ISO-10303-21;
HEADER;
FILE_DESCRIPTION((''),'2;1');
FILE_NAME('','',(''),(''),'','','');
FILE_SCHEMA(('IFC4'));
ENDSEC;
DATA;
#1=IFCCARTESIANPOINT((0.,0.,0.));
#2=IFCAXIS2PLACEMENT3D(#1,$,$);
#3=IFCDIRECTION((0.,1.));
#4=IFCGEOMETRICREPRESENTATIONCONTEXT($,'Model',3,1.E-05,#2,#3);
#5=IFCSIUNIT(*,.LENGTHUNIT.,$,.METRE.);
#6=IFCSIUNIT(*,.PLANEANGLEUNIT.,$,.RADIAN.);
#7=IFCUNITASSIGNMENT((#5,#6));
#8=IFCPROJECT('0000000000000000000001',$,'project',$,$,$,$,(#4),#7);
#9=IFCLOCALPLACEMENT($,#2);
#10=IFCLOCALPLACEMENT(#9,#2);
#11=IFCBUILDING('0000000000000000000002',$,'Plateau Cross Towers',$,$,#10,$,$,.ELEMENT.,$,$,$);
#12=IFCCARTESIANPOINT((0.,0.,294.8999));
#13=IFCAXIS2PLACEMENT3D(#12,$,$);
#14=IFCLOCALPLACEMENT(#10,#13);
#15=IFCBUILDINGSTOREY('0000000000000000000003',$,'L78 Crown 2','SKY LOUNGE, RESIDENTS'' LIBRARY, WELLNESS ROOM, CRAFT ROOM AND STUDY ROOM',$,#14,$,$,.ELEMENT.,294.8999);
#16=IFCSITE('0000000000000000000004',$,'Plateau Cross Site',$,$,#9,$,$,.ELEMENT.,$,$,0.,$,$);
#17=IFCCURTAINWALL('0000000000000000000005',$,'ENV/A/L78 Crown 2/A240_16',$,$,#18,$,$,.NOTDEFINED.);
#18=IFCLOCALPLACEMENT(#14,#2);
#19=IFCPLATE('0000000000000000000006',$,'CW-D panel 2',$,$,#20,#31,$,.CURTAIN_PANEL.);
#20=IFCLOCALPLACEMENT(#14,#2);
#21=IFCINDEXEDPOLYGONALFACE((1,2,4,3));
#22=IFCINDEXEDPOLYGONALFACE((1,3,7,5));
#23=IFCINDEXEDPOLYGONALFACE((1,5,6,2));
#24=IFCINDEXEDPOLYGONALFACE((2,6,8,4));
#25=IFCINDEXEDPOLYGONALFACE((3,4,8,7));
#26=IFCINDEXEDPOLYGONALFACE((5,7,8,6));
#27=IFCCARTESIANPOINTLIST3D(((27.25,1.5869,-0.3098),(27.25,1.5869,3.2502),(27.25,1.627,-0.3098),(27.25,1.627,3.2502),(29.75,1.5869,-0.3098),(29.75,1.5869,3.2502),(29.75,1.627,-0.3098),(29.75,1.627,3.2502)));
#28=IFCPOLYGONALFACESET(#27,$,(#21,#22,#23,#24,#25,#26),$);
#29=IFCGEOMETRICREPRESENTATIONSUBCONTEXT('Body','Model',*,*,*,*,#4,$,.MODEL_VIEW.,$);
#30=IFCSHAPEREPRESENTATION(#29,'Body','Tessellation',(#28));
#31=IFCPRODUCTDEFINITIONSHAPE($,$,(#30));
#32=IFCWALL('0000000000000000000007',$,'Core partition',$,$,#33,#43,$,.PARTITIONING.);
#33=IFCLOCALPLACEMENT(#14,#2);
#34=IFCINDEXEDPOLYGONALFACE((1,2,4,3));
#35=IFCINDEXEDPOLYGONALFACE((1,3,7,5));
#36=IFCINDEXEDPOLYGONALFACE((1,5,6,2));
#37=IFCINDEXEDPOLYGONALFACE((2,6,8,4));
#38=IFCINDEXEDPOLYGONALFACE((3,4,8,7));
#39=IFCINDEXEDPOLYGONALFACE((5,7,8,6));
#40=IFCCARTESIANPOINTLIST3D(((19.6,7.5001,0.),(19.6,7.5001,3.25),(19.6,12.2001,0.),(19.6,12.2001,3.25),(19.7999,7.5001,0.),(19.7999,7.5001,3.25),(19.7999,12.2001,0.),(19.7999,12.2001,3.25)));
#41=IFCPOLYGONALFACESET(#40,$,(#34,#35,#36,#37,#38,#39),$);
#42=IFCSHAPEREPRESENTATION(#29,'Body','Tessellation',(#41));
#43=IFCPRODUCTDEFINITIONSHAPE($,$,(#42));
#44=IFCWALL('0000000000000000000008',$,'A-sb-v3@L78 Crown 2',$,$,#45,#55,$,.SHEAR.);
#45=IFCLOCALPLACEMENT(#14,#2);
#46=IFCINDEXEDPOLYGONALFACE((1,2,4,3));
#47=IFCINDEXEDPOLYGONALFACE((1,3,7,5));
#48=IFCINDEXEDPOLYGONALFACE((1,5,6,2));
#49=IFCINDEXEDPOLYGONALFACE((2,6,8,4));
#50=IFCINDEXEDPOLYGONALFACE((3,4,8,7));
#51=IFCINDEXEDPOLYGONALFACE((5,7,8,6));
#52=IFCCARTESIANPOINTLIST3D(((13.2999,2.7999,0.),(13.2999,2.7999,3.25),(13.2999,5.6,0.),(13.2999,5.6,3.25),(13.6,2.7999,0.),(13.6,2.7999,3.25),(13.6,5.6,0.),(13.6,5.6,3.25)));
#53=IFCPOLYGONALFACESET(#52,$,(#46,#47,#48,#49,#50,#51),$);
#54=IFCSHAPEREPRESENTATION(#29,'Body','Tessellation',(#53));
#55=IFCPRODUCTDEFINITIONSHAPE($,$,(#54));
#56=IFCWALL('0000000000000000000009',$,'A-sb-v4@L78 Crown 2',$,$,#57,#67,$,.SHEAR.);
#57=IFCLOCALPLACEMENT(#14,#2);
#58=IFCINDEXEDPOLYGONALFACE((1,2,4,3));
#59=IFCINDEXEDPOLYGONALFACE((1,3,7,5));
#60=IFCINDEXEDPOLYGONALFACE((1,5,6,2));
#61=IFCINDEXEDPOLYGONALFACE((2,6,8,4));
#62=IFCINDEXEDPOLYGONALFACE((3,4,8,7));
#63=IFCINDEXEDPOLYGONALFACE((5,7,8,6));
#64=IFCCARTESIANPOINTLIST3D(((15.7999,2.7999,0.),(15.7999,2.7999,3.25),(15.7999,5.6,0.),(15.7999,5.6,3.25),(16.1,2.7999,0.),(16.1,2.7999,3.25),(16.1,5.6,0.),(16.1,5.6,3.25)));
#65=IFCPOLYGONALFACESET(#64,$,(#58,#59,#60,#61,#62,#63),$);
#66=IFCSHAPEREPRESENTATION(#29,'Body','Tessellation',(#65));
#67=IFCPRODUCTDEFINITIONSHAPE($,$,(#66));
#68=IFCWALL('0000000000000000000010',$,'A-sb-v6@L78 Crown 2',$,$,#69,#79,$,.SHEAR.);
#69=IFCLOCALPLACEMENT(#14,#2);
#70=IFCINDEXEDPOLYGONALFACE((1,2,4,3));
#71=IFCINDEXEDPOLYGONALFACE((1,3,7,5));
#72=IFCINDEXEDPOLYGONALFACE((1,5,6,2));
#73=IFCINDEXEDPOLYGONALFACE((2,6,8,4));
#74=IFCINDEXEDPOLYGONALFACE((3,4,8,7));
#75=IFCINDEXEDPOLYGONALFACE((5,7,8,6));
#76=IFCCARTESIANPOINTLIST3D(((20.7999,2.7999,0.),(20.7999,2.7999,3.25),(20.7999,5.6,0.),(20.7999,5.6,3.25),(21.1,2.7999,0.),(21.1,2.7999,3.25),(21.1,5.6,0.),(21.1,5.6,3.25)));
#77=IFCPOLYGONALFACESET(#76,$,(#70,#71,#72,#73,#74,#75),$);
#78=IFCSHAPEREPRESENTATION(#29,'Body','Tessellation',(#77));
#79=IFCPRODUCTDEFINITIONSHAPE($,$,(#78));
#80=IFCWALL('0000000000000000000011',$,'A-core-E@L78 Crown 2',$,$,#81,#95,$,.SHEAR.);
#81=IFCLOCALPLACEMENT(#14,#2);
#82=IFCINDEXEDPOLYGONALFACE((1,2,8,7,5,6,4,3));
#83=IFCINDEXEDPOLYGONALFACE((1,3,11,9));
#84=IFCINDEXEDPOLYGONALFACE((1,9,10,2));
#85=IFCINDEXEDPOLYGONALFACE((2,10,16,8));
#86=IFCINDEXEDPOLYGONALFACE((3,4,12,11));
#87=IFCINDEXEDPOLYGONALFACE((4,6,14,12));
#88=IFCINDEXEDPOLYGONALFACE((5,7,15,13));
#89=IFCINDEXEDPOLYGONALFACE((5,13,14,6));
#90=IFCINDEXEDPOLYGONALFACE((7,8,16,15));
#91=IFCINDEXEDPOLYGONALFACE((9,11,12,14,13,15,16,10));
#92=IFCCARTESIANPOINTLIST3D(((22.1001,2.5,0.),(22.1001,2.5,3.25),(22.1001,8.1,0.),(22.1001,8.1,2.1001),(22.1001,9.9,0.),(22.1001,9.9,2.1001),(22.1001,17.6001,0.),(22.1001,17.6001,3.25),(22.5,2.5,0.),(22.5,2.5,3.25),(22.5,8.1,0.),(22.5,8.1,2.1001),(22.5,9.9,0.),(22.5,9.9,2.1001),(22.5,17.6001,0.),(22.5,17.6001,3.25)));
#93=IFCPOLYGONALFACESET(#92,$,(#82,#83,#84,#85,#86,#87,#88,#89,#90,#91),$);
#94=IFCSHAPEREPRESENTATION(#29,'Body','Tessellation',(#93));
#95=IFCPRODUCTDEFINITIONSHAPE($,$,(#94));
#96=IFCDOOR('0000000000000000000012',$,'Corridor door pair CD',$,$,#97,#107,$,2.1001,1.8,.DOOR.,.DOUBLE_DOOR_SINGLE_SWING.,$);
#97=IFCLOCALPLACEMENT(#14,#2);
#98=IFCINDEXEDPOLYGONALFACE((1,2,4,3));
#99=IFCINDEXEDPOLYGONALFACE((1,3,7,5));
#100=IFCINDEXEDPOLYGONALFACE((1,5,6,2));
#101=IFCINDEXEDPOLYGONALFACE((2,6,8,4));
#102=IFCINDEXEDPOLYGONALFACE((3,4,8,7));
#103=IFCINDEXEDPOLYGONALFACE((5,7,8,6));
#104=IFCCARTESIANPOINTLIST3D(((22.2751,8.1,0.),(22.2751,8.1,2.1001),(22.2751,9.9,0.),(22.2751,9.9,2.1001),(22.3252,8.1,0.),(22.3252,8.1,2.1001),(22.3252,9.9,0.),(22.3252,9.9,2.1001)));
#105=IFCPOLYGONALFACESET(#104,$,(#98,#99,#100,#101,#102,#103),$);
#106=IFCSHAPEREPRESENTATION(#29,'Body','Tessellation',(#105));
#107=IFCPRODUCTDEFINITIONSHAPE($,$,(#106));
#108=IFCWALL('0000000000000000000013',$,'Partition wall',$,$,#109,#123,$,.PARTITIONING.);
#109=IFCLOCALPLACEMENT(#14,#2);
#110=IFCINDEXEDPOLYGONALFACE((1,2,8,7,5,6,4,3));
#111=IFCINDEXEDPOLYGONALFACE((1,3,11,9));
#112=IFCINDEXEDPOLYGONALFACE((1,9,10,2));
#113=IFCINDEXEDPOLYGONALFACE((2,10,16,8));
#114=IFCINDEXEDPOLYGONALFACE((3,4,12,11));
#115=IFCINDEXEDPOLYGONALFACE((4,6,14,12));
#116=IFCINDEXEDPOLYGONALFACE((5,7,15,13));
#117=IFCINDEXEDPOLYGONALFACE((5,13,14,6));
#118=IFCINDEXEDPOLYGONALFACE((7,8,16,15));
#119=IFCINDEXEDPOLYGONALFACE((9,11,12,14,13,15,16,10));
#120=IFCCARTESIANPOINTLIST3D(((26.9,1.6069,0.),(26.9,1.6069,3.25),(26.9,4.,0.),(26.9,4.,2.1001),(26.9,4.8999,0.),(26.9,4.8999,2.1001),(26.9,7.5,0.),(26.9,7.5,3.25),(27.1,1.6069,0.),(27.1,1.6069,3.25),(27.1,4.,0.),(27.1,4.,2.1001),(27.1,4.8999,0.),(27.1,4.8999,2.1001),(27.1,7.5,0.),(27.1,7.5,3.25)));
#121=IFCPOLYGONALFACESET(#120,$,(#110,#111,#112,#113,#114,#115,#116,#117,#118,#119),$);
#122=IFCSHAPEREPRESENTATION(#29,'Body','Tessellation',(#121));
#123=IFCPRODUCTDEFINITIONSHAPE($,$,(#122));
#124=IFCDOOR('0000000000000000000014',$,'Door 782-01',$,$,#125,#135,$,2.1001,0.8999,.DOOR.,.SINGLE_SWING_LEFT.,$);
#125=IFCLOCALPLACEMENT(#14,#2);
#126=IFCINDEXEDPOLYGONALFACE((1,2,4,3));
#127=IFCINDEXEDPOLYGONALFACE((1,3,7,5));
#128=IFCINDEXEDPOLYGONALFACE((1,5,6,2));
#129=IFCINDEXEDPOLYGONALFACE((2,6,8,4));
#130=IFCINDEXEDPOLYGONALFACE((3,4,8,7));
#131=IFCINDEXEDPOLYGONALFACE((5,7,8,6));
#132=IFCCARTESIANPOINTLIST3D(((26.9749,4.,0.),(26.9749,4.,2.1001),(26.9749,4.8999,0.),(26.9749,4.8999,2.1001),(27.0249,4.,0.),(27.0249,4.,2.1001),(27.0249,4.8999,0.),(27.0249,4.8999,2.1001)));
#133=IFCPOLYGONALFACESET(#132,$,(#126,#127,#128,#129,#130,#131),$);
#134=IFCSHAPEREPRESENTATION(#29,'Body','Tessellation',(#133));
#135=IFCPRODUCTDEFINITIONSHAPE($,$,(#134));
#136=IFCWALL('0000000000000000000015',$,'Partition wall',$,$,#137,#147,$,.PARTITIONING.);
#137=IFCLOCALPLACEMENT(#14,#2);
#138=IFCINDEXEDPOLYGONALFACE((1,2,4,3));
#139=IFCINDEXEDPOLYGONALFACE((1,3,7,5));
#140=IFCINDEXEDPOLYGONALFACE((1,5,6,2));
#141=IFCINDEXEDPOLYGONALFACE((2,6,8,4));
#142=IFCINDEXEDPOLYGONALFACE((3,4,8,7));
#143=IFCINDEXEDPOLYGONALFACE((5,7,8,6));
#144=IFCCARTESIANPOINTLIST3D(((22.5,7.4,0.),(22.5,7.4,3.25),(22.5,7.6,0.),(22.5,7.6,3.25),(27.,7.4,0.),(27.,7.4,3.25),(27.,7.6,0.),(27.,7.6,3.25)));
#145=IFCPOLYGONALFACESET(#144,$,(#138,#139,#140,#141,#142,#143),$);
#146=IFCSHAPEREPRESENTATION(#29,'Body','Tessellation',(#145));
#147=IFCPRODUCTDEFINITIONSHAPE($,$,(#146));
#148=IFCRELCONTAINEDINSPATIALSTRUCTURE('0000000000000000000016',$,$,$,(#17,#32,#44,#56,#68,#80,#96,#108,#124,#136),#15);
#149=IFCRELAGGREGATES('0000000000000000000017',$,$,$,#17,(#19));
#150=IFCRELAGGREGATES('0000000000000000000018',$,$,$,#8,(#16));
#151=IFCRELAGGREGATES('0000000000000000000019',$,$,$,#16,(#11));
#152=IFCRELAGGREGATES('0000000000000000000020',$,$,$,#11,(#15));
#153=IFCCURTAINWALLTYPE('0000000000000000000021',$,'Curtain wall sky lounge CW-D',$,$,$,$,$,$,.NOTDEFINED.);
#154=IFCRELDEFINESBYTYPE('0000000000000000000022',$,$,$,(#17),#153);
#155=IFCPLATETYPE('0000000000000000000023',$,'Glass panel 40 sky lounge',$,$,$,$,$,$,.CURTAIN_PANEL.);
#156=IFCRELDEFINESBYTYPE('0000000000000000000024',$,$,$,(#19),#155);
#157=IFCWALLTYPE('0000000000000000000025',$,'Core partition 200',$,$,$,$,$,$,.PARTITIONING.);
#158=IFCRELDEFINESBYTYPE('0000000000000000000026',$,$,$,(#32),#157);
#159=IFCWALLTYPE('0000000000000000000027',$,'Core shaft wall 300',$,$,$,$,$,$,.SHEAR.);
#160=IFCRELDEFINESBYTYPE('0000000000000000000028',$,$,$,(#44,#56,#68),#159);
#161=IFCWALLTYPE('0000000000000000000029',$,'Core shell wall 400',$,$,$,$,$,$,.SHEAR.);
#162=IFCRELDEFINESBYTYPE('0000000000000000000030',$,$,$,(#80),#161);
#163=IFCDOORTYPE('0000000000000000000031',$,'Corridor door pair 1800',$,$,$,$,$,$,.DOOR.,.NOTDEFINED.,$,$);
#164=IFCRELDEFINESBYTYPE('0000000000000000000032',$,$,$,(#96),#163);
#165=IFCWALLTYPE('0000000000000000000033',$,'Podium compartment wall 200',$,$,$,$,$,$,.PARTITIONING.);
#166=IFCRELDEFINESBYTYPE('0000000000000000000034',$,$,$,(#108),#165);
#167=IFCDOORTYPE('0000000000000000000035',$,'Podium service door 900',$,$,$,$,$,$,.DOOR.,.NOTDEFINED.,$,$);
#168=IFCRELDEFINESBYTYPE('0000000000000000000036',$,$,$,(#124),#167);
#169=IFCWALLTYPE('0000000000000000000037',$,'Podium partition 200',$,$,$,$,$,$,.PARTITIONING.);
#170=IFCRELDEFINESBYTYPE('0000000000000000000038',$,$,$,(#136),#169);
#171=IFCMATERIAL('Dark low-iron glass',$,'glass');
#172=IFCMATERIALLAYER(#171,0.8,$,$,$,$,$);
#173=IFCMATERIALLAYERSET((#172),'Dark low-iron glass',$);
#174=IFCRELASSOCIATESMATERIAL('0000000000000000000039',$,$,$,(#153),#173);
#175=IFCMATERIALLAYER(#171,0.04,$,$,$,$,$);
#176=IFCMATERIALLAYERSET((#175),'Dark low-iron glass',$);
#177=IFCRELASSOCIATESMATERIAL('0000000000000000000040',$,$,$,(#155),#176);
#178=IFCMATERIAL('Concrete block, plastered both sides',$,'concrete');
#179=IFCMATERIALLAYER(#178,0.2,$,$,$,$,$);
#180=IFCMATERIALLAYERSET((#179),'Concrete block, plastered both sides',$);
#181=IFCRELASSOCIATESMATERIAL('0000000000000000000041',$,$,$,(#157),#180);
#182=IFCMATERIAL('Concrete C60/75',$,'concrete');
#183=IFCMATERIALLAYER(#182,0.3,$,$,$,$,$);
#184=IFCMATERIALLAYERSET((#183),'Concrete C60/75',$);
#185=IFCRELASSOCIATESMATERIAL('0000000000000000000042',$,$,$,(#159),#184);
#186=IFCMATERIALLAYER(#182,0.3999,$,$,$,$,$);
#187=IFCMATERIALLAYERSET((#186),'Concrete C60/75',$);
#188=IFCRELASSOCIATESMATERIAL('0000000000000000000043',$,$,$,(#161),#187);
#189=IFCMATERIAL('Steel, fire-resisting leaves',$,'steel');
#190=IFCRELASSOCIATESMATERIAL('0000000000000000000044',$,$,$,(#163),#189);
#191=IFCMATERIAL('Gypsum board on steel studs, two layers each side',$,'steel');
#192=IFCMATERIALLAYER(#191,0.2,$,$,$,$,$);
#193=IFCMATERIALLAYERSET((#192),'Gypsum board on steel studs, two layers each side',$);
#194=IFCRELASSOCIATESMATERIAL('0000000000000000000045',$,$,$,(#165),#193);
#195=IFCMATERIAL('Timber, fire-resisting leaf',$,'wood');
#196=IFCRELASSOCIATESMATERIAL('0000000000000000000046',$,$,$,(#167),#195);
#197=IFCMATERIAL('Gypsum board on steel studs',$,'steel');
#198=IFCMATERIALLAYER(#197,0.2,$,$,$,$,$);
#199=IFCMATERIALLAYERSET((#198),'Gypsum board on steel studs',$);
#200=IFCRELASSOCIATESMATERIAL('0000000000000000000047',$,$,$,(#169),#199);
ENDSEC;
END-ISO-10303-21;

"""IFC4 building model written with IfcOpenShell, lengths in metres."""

from ifc_helpers import new_model, si_unit, direction, frame, frame_2d, origin, origin_2d, place, context, subcontext, project, spatial, rectangle, extrude, material, layer, layer_set, type_object, element, fill, aggregate, save


model = new_model("IFC4")

# Units and contexts
model_context = context("Model", 3, precision=1e-05, world=origin(), true_north=direction((0.0, 1.0)))
body_context = subcontext(model_context, "Body", "Model", "MODEL_VIEW")
ifc_project = project(units=[si_unit("LENGTHUNIT", "METRE"), si_unit("PLANEANGLEUNIT", "RADIAN")], contexts=[model_context])

# Site, building, storey
site_placement = place(None, origin())
site = spatial("IfcSite", under=ifc_project, at=site_placement, Name="Plateau Cross Site", CompositionType="ELEMENT", RefElevation=0.0)
building_placement = place(site_placement, origin())
building = spatial("IfcBuilding", under=site, at=building_placement, Name="Plateau Cross Towers", CompositionType="ELEMENT")
storey_placement = place(building_placement, frame((0.0, 0.0, 294.8999)))
storey = spatial("IfcBuildingStorey", under=building, at=storey_placement, Name="L78 Crown 2", Description="SKY LOUNGE, RESIDENTS' LIBRARY, WELLNESS ROOM, CRAFT ROOM AND STUDY ROOM", CompositionType="ELEMENT", Elevation=294.8999)

# Shared definitions
ifc_material_1 = material(Name="Concrete C60/75", Category="concrete")

# Curtain wall
ifc_material_2 = material(Name="Dark low-iron glass", Category="glass")
ifc_layer_1 = layer(ifc_material_2, 0.8)
ifc_layer_set_1 = layer_set([ifc_layer_1], Name="Dark low-iron glass")
curtain_wall_type = type_object("IfcCurtainWallType", Name="Curtain wall sky lounge CW-D", PredefinedType="NOTDEFINED", material=ifc_layer_set_1)
curtain_wall_1_placement = place(storey_placement, origin())
curtain_wall_1 = element("IfcCurtainWall", 1, at=curtain_wall_1_placement, inside=storey, type_object=curtain_wall_type, Name="ENV/A/L78 Crown 2/A240_16", PredefinedType="NOTDEFINED")

# Plate
ifc_layer_2 = layer(ifc_material_2, 0.04)
ifc_layer_set_2 = layer_set([ifc_layer_2], Name="Dark low-iron glass")
plate_type = type_object("IfcPlateType", Name="Glass panel 40 sky lounge", PredefinedType="CURTAIN_PANEL", material=ifc_layer_set_2)
plate_1_placement = place(storey_placement, frame((28.5, 1.6069, -0.3098), z_axis=(0.0, 0.0, 1.0), x_axis=(1.0, 0.0, 0.0)))
plate_1 = element("IfcPlate", 2, at=plate_1_placement, type_object=plate_type, Name="CW-D panel 2", PredefinedType="CURTAIN_PANEL", context=body_context, shape_type="SweptSolid", body=[
    extrude(rectangle(XDim=2.5, YDim=0.04, at=origin_2d()), origin(), (0.0, 0.0, 1.0), 3.5601),
])
aggregate(curtain_wall_1, [plate_1])

# Walls
ifc_material_3 = material(Name="Concrete block, plastered both sides", Category="concrete")
ifc_layer_3 = layer(ifc_material_3, 0.2)
ifc_layer_set_3 = layer_set([ifc_layer_3], Name="Concrete block, plastered both sides")
wall_type_1 = type_object("IfcWallType", Name="Core partition 200", PredefinedType="PARTITIONING", material=ifc_layer_set_3)
wall_1_placement = place(storey_placement, frame((19.7, 7.5, 0.0), z_axis=(0.0, 0.0, 1.0), x_axis=(0.0, 1.0, 0.0)))
element("IfcWall", 3, at=wall_1_placement, inside=storey, type_object=wall_type_1, Name="Core partition", PredefinedType="PARTITIONING", context=body_context, shape_type="SweptSolid", body=[
    extrude(rectangle(XDim=4.7, YDim=0.2, at=frame_2d((2.3501, 0.0))), origin(), (0.0, 0.0, 1.0), 3.25),
])
ifc_layer_4 = layer(ifc_material_1, 0.3)
ifc_layer_set_4 = layer_set([ifc_layer_4], Name="Concrete C60/75")
wall_type_2 = type_object("IfcWallType", Name="Core shaft wall 300", PredefinedType="SHEAR", material=ifc_layer_set_4)
for number, where, z_axis, x_axis, name in (
    (4, (13.45, 2.8, 0.0), (0.0, 0.0, 1.0), (0.0, 1.0, 0.0), "A-sb-v3@L78 Crown 2"),
    (5, (15.95, 2.8, 0.0), (0.0, 0.0, 1.0), (0.0, 1.0, 0.0), "A-sb-v4@L78 Crown 2"),
    (6, (20.95, 2.8, 0.0), (0.0, 0.0, 1.0), (0.0, 1.0, 0.0), "A-sb-v6@L78 Crown 2"),
):
    element("IfcWall", number, at=place(storey_placement, frame(where, z_axis=z_axis, x_axis=x_axis)), inside=storey, type_object=wall_type_2, Name=name, PredefinedType="SHEAR", context=body_context, shape_type="SweptSolid", body=[
        extrude(rectangle(XDim=2.8, YDim=0.3, at=frame_2d((1.3999, 0.0))), origin(), (0.0, 0.0, 1.0), 3.25),
    ])

# Walls, openings, doors
ifc_layer_5 = layer(ifc_material_1, 0.3999)
ifc_layer_set_5 = layer_set([ifc_layer_5], Name="Concrete C60/75")
wall_type_3 = type_object("IfcWallType", Name="Core shell wall 400", PredefinedType="SHEAR", material=ifc_layer_set_5)
wall_2_placement = place(storey_placement, frame((22.3, 2.5, 0.0), z_axis=(0.0, 0.0, 1.0), x_axis=(0.0, 1.0, 0.0)))
wall_2 = element("IfcWall", 7, at=wall_2_placement, inside=storey, type_object=wall_type_3, Name="A-core-E@L78 Crown 2", PredefinedType="SHEAR", context=body_context, shape_type="SweptSolid", body=[
    extrude(rectangle(XDim=15.1001, YDim=0.3999, at=frame_2d((7.55, 0.0))), origin(), (0.0, 0.0, 1.0), 3.25),
])
opening_1_placement = place(wall_2_placement, frame((5.6001, 0.0, 0.0)))
opening_1 = element("IfcOpeningElement", 8, at=opening_1_placement, cuts=wall_2, PredefinedType="OPENING", context=body_context, shape_type="SweptSolid", body=[
    extrude(rectangle(XDim=1.8, YDim=2.1001, at=frame_2d((0.8999, 1.05))), frame((0.0, 0.21, 0.0), z_axis=(0.0, -1.0, 0.0), x_axis=(1.0, 0.0, 0.0)), (0.0, 0.0, 1.0), 0.4199),
])
ifc_material_4 = material(Name="Steel, fire-resisting leaves", Category="steel")
door_type_1 = type_object("IfcDoorType", Name="Corridor door pair 1800", OperationType="NOTDEFINED", PredefinedType="DOOR", material=ifc_material_4)
door_1_placement = place(opening_1_placement, origin())
door_1 = element("IfcDoor", 9, at=door_1_placement, inside=storey, type_object=door_type_1, Name="Corridor door pair CD", OperationType="DOUBLE_DOOR_SINGLE_SWING", OverallHeight=2.1001, OverallWidth=1.8, PredefinedType="DOOR", context=body_context, shape_type="SweptSolid", body=[
    extrude(rectangle(XDim=1.8, YDim=2.1001, at=frame_2d((0.8999, 1.05))), frame((0.0, 0.0249, 0.0), z_axis=(0.0, -1.0, 0.0), x_axis=(1.0, 0.0, 0.0)), (0.0, 0.0, 1.0), 0.05),
])
fill(opening_1, door_1)
ifc_material_5 = material(Name="Gypsum board on steel studs, two layers each side", Category="steel")
ifc_layer_6 = layer(ifc_material_5, 0.2)
ifc_layer_set_6 = layer_set([ifc_layer_6], Name="Gypsum board on steel studs, two layers each side")
wall_type_4 = type_object("IfcWallType", Name="Podium compartment wall 200", PredefinedType="PARTITIONING", material=ifc_layer_set_6)
wall_3_placement = place(storey_placement, frame((27.0, 7.5, 0.0), z_axis=(0.0, 0.0, 1.0), x_axis=(0.0, -1.0, 0.0)))
wall_3 = element("IfcWall", 10, at=wall_3_placement, inside=storey, type_object=wall_type_4, Name="Partition wall", PredefinedType="PARTITIONING", context=body_context, shape_type="SweptSolid", body=[
    extrude(rectangle(XDim=5.8931, YDim=0.2, at=frame_2d((2.9465, 0.0))), origin(), (0.0, 0.0, 1.0), 3.25),
])
opening_2_placement = place(wall_3_placement, frame((2.6001, 0.0, 0.0)))
opening_2 = element("IfcOpeningElement", 11, at=opening_2_placement, cuts=wall_3, PredefinedType="OPENING", context=body_context, shape_type="SweptSolid", body=[
    extrude(rectangle(XDim=0.8999, YDim=2.1001, at=frame_2d((0.45, 1.05))), frame((0.0, 0.1099, 0.0), z_axis=(0.0, -1.0, 0.0), x_axis=(1.0, 0.0, 0.0)), (0.0, 0.0, 1.0), 0.22),
])
ifc_material_6 = material(Name="Timber, fire-resisting leaf", Category="wood")
door_type_2 = type_object("IfcDoorType", Name="Podium service door 900", OperationType="NOTDEFINED", PredefinedType="DOOR", material=ifc_material_6)
door_2_placement = place(opening_2_placement, origin())
door_2 = element("IfcDoor", 12, at=door_2_placement, inside=storey, type_object=door_type_2, Name="Door 782-01", OperationType="SINGLE_SWING_LEFT", OverallHeight=2.1001, OverallWidth=0.8999, PredefinedType="DOOR", context=body_context, shape_type="SweptSolid", body=[
    extrude(rectangle(XDim=0.8999, YDim=2.1001, at=frame_2d((0.45, 1.05))), frame((0.0, 0.0249, 0.0), z_axis=(0.0, -1.0, 0.0), x_axis=(1.0, 0.0, 0.0)), (0.0, 0.0, 1.0), 0.05),
])
fill(opening_2, door_2)

# Wall
ifc_material_7 = material(Name="Gypsum board on steel studs", Category="steel")
ifc_layer_7 = layer(ifc_material_7, 0.2)
ifc_layer_set_7 = layer_set([ifc_layer_7], Name="Gypsum board on steel studs")
wall_type_5 = type_object("IfcWallType", Name="Podium partition 200", PredefinedType="PARTITIONING", material=ifc_layer_set_7)
wall_4_placement = place(storey_placement, frame((27.0, 7.5, 0.0), z_axis=(0.0, 0.0, 1.0), x_axis=(-1.0, 0.0, 0.0)))
element("IfcWall", 13, at=wall_4_placement, inside=storey, type_object=wall_type_5, Name="Partition wall", PredefinedType="PARTITIONING", context=body_context, shape_type="SweptSolid", body=[
    extrude(rectangle(XDim=4.5, YDim=0.2, at=frame_2d((2.25, 0.0))), origin(), (0.0, 0.0, 1.0), 3.25),
])

save(model, "model.ifc")
